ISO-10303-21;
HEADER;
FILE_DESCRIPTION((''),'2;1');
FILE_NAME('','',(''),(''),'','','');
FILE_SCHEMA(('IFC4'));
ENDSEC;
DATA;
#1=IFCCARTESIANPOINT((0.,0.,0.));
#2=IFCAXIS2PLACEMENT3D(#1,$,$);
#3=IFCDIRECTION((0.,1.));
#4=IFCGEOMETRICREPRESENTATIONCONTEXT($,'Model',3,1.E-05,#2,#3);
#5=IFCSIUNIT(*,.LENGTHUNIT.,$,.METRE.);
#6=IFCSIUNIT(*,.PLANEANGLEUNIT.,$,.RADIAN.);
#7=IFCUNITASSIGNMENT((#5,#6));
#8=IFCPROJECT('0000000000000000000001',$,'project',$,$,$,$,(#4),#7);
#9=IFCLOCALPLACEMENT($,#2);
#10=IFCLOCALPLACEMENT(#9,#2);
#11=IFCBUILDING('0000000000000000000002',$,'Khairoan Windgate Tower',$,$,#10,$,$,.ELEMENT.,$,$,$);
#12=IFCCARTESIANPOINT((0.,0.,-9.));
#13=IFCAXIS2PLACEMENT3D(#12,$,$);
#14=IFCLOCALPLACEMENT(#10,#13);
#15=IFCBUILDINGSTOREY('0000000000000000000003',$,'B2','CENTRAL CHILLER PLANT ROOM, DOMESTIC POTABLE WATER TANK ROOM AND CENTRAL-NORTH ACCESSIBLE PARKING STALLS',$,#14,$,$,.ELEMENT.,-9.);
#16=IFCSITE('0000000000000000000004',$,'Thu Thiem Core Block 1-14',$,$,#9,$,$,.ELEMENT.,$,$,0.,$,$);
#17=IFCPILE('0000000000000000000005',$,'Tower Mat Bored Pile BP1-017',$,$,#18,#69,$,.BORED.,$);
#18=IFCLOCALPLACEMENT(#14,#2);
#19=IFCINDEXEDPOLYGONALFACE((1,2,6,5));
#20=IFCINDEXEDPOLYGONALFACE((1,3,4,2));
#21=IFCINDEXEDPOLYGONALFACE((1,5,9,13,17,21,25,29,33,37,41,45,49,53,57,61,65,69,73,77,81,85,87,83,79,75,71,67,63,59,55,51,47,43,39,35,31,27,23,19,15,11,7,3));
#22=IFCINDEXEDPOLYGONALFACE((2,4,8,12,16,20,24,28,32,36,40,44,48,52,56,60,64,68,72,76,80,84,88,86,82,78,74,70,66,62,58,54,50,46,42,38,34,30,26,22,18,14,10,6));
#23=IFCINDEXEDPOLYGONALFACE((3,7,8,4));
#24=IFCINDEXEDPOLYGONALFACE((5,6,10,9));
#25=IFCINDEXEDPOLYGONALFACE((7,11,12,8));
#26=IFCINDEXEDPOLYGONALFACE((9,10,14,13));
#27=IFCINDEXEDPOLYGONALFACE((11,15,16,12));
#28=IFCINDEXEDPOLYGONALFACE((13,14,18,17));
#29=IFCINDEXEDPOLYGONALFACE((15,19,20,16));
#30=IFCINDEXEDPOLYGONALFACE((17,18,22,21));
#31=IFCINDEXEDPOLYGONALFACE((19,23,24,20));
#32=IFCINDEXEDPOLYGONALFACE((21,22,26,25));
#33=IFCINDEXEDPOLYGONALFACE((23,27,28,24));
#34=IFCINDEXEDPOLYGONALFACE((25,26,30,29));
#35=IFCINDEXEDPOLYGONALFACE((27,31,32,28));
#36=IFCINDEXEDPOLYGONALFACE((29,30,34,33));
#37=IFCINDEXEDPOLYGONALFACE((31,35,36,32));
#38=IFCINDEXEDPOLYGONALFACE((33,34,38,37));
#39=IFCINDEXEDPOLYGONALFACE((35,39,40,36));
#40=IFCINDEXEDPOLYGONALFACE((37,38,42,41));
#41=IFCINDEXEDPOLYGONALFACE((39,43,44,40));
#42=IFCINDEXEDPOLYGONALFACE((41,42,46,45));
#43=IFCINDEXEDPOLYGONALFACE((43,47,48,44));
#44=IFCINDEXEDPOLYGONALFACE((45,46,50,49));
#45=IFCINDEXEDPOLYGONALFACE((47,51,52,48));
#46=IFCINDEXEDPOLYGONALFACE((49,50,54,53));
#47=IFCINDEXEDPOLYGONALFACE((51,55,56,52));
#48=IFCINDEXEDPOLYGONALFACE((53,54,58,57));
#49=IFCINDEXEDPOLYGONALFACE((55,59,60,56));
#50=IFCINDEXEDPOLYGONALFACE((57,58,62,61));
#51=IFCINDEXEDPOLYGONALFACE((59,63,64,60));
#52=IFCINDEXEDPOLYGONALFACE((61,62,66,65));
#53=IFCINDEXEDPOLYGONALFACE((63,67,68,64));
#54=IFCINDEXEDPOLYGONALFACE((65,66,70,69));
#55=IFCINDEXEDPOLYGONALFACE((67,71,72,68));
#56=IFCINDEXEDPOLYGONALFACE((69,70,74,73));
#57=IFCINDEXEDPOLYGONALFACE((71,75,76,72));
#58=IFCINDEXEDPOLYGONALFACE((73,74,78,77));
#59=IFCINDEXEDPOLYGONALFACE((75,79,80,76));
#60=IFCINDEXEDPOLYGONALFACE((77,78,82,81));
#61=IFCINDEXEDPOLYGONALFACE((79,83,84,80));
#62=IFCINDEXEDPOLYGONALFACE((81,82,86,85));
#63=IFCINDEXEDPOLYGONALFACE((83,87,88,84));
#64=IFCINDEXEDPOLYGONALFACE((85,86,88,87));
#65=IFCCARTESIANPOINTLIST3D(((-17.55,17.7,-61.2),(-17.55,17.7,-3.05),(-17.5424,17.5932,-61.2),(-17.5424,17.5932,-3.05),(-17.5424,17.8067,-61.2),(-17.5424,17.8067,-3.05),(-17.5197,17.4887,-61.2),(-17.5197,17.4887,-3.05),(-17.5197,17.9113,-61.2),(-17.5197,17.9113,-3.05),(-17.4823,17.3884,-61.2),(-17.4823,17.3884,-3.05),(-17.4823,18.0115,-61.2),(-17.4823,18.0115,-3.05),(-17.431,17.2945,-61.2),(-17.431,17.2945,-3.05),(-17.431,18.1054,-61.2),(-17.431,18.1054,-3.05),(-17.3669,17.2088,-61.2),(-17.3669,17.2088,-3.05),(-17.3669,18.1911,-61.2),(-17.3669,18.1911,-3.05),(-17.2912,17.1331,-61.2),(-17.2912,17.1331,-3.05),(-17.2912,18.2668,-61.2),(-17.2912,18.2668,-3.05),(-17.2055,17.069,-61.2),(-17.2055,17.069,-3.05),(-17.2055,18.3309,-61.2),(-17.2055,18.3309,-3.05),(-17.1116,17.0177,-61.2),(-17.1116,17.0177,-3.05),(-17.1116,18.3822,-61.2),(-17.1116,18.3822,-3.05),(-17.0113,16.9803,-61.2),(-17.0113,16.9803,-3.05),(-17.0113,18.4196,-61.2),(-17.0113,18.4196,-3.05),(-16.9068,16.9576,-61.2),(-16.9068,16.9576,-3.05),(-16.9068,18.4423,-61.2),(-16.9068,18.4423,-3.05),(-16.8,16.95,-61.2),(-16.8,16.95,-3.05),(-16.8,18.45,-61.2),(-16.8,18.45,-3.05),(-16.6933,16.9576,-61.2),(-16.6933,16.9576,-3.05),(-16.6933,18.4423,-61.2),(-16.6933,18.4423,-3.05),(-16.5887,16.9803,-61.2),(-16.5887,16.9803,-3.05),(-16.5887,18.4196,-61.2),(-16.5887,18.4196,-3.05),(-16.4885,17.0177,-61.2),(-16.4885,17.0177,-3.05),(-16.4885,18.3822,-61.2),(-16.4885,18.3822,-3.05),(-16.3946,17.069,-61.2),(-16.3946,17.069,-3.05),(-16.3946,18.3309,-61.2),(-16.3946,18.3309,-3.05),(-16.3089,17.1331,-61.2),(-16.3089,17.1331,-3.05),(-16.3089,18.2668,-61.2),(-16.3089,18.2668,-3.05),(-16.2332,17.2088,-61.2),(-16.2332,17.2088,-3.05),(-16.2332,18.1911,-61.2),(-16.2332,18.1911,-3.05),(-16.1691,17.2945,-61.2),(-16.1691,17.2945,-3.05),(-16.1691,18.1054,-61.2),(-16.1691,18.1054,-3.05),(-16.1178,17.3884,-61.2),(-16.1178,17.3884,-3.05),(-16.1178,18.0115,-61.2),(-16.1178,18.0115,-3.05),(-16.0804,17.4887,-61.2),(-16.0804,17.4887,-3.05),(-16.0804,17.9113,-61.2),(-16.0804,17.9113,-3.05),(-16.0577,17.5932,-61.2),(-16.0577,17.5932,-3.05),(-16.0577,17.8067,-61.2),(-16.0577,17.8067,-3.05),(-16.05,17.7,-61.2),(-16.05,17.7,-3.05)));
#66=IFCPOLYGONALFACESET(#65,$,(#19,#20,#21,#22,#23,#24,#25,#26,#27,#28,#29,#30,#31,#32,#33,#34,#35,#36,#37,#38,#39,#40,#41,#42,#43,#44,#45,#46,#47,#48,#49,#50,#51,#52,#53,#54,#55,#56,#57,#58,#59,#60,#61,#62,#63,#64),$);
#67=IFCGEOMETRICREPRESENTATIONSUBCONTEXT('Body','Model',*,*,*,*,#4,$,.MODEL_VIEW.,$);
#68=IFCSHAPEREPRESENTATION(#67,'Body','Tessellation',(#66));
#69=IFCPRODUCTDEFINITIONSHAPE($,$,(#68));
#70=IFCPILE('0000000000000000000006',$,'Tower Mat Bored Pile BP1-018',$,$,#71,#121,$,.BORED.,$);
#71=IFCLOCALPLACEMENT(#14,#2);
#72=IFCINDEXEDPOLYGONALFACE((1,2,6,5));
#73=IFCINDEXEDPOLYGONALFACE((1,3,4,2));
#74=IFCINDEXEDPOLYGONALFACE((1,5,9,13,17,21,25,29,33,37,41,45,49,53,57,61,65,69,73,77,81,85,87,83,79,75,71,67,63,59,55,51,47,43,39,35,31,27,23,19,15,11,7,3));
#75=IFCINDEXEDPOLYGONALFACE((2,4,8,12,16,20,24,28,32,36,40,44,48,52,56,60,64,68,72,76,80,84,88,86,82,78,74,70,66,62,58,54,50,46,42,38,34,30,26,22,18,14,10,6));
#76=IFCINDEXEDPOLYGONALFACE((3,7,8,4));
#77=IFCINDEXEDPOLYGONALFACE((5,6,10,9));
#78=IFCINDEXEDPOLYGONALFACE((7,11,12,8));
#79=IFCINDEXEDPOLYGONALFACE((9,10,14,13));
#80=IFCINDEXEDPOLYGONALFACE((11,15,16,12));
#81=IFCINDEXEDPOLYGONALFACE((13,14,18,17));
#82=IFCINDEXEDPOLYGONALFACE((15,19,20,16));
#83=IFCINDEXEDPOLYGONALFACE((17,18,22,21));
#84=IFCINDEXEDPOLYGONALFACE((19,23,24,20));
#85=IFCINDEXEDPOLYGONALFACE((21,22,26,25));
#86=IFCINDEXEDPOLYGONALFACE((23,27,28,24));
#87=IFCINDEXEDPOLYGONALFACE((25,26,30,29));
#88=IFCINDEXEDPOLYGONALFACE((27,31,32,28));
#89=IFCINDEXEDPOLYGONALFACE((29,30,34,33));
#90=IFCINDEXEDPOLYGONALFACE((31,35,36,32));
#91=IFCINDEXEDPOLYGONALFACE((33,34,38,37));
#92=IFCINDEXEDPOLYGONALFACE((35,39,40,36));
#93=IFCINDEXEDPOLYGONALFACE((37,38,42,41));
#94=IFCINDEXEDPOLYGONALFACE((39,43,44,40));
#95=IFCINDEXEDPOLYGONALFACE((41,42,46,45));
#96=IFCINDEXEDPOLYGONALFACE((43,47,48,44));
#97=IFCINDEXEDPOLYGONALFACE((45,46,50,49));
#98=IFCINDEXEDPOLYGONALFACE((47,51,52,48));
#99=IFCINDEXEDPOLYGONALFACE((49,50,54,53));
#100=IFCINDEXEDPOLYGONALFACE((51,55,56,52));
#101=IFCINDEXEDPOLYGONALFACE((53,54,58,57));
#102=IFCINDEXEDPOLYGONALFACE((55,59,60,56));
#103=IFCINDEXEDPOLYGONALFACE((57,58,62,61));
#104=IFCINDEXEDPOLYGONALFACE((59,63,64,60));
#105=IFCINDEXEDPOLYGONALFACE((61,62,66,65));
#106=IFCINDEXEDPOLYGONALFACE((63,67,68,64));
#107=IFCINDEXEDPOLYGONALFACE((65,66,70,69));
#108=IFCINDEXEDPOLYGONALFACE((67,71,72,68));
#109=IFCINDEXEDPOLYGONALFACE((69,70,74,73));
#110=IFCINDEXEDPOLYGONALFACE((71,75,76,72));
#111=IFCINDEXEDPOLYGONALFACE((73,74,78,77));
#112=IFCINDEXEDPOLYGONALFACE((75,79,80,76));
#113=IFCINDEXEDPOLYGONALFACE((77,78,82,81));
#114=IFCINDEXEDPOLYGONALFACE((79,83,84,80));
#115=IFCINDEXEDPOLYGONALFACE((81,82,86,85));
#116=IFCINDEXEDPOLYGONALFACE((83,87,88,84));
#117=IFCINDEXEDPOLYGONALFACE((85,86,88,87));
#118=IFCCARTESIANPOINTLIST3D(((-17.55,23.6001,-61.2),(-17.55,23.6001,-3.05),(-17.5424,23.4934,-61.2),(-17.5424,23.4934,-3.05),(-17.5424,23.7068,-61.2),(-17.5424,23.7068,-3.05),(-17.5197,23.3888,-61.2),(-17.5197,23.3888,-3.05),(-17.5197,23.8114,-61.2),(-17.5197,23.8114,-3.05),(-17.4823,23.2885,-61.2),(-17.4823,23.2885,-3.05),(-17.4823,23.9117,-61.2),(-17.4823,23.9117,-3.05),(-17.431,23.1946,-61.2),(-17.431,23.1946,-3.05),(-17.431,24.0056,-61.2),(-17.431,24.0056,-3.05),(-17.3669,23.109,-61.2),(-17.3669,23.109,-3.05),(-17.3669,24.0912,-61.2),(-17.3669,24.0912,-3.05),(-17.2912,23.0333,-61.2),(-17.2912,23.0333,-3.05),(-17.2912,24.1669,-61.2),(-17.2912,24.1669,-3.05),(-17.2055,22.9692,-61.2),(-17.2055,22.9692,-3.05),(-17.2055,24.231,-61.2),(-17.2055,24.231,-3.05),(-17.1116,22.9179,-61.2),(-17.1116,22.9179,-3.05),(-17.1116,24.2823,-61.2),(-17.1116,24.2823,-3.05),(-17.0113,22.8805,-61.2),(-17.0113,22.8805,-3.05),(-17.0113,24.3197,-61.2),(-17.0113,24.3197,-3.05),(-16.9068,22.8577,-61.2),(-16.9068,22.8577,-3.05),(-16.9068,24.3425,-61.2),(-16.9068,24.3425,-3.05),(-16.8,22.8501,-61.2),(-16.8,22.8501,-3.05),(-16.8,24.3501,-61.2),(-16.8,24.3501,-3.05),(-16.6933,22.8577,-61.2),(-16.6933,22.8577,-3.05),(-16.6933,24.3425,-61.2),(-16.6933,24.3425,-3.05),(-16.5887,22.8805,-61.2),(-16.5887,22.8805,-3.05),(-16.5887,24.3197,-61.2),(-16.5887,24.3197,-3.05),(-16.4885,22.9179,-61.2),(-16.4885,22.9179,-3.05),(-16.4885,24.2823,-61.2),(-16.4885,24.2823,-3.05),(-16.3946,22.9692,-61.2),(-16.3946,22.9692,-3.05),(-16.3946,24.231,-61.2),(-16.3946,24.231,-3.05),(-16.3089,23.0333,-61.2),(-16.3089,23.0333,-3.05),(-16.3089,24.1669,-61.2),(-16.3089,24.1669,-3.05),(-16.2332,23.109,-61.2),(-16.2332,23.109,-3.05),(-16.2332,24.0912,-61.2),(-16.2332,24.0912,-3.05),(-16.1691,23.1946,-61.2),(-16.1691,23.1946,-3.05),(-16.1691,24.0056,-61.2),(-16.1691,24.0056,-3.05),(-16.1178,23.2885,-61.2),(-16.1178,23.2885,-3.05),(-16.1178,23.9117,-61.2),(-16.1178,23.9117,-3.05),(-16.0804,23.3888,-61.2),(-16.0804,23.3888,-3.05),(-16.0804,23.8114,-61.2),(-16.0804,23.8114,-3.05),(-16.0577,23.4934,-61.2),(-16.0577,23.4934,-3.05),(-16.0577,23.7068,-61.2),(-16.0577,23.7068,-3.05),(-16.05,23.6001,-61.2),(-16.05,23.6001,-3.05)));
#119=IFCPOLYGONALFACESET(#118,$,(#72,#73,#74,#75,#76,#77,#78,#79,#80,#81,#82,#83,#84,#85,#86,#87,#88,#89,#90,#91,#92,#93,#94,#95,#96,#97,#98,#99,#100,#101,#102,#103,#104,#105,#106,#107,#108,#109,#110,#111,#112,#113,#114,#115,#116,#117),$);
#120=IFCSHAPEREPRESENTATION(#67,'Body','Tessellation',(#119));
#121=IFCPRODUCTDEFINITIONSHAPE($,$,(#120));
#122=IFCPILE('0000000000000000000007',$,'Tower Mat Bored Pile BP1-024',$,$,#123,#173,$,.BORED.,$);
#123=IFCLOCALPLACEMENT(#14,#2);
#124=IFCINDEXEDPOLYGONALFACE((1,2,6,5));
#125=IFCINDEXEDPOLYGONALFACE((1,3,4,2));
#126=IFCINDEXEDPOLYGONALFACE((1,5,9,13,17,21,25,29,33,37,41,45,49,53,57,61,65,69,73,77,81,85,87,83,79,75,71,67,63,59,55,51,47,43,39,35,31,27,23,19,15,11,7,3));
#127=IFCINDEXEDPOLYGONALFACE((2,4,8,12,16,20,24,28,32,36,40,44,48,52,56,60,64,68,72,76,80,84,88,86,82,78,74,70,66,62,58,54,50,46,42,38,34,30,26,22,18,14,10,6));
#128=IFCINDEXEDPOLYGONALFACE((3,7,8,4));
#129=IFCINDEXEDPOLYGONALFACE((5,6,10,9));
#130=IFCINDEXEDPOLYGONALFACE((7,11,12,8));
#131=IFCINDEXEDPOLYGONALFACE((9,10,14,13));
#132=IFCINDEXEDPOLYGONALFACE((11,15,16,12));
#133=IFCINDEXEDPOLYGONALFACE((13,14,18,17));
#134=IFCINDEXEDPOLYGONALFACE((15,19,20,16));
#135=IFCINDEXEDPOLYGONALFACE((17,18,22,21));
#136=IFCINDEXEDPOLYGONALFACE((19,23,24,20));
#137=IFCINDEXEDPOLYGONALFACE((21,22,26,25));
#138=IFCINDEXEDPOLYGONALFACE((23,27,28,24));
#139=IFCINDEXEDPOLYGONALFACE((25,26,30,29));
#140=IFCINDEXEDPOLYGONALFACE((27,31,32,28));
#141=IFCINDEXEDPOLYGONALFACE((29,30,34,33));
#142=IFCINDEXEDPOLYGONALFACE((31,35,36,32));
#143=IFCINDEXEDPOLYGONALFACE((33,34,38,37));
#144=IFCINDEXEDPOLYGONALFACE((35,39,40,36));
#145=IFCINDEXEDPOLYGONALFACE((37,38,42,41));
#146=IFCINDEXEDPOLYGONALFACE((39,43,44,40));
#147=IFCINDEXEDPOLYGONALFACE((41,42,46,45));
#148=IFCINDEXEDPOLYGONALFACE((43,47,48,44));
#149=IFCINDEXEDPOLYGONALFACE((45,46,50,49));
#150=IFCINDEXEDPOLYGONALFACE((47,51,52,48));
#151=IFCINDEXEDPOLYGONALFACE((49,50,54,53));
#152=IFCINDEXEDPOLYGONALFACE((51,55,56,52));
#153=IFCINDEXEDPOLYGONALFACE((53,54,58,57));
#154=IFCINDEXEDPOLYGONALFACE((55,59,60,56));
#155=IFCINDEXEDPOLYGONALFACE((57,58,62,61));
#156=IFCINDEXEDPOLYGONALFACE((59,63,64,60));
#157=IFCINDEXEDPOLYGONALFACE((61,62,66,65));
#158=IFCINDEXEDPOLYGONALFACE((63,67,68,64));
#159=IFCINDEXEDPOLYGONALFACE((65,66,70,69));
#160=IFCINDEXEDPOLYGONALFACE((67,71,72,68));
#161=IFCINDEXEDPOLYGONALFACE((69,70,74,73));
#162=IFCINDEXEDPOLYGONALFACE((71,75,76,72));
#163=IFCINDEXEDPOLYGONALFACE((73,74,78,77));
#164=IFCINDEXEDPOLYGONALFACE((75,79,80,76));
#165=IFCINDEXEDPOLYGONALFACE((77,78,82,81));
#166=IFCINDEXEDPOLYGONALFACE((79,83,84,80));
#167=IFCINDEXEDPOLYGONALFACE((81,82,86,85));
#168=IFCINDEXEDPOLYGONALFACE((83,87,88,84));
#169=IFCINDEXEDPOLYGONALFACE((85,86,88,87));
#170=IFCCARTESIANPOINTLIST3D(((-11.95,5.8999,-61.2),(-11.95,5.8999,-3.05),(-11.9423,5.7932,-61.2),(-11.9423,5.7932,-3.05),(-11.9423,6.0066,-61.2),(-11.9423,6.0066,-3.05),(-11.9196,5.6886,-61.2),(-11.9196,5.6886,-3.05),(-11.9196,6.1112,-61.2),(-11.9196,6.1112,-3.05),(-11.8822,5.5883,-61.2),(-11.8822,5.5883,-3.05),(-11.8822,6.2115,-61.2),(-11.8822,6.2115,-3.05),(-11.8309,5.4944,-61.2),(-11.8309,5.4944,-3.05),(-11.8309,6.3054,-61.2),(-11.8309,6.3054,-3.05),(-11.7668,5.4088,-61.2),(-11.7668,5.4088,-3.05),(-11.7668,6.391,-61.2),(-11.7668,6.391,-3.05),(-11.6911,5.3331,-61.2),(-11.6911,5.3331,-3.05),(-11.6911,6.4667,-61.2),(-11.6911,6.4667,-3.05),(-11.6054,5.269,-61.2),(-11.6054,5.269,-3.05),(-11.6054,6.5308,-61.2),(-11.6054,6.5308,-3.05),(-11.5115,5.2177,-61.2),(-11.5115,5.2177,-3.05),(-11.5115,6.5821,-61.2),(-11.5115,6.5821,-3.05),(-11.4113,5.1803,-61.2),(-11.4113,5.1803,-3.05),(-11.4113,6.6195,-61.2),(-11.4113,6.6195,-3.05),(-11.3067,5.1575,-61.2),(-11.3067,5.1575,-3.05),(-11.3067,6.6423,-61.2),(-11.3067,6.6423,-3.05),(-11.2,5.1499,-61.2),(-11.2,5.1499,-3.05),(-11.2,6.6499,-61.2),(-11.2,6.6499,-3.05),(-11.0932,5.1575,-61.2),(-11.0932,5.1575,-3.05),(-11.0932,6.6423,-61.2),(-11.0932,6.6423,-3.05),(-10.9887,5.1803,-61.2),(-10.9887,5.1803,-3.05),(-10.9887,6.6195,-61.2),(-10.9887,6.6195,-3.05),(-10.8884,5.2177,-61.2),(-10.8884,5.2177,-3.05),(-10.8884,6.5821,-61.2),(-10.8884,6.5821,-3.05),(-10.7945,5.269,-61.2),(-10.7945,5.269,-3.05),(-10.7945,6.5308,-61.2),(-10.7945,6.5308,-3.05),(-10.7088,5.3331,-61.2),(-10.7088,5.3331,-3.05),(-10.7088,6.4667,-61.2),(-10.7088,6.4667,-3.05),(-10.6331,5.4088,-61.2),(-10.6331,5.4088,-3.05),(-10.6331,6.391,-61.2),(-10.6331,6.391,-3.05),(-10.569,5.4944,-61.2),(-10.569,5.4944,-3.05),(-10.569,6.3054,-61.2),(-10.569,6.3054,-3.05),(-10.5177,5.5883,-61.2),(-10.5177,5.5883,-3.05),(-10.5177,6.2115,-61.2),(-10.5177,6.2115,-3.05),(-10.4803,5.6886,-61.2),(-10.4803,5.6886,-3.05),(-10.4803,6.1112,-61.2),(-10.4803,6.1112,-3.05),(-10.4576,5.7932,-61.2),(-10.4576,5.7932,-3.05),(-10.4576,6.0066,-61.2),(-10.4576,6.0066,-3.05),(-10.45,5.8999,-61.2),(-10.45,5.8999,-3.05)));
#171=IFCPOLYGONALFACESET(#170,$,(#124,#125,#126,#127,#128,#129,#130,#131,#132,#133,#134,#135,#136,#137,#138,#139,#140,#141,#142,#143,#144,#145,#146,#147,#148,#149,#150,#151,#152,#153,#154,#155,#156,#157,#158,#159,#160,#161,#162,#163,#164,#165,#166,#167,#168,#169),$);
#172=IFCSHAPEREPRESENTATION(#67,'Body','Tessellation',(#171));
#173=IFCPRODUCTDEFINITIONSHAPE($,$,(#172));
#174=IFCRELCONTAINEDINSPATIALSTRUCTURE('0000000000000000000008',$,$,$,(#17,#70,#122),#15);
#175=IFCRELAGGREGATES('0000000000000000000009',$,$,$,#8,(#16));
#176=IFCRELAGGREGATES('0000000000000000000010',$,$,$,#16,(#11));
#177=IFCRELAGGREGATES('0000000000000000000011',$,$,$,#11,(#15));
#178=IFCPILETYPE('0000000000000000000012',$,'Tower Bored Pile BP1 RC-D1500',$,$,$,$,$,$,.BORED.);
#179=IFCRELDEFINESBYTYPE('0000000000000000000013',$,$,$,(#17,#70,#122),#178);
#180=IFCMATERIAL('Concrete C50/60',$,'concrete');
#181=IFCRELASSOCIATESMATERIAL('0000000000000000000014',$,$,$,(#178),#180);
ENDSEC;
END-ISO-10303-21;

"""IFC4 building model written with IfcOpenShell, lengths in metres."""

from ifc_helpers import new_model, si_unit, direction, frame, origin, origin_2d, place, context, subcontext, project, spatial, circle, extrude, material, material_profile, profile_set, type_object, element, save


model = new_model("IFC4")

# Units and contexts
model_context = context("Model", 3, precision=1e-05, world=origin(), true_north=direction((0.0, 1.0)))
body_context = subcontext(model_context, "Body", "Model", "MODEL_VIEW")
ifc_project = project(units=[si_unit("LENGTHUNIT", "METRE"), si_unit("PLANEANGLEUNIT", "RADIAN")], contexts=[model_context])

# Site, building, storey
site_placement = place(None, origin())
site = spatial("IfcSite", under=ifc_project, at=site_placement, Name="Thu Thiem Core Block 1-14", CompositionType="ELEMENT", RefElevation=0.0)
building_placement = place(site_placement, origin())
building = spatial("IfcBuilding", under=site, at=building_placement, Name="Khairoan Windgate Tower", CompositionType="ELEMENT")
storey_placement = place(building_placement, frame((0.0, 0.0, -9.0)))
storey = spatial("IfcBuildingStorey", under=building, at=storey_placement, Name="B2", Description="CENTRAL CHILLER PLANT ROOM, DOMESTIC POTABLE WATER TANK ROOM AND CENTRAL-NORTH ACCESSIBLE PARKING STALLS", CompositionType="ELEMENT", Elevation=-9.0)

# Piles
ifc_material_1 = material(Name="Concrete C50/60", Category="concrete")
ifc_material_profile_1 = material_profile(ifc_material_1, circle(Radius=0.75, at=origin_2d()))
ifc_profile_set_1 = profile_set([ifc_material_profile_1], Name="Concrete C50/60")
pile_type = type_object("IfcPileType", Name="Tower Bored Pile BP1 RC-D1500", PredefinedType="BORED", material=ifc_profile_set_1)
for number, where, z_axis, x_axis, name in (
    (1, (-16.8, 17.7, -3.05), (0.0, 0.0, -1.0), (1.0, 0.0, 0.0), "Tower Mat Bored Pile BP1-017"),
    (2, (-16.8, 23.6001, -3.05), (0.0, 0.0, -1.0), (1.0, 0.0, 0.0), "Tower Mat Bored Pile BP1-018"),
    (3, (-11.2, 5.8999, -3.05), (0.0, 0.0, -1.0), (1.0, 0.0, 0.0), "Tower Mat Bored Pile BP1-024"),
):
    element("IfcPile", number, at=place(storey_placement, frame(where, z_axis=z_axis, x_axis=x_axis)), inside=storey, type_object=pile_type, Name=name, PredefinedType="BORED", context=body_context, shape_type="SweptSolid", body=[
        extrude(circle(Radius=0.75, at=origin_2d()), origin(), (0.0, 0.0, 1.0), 58.1499),
    ])

save(model, "model.ifc")
